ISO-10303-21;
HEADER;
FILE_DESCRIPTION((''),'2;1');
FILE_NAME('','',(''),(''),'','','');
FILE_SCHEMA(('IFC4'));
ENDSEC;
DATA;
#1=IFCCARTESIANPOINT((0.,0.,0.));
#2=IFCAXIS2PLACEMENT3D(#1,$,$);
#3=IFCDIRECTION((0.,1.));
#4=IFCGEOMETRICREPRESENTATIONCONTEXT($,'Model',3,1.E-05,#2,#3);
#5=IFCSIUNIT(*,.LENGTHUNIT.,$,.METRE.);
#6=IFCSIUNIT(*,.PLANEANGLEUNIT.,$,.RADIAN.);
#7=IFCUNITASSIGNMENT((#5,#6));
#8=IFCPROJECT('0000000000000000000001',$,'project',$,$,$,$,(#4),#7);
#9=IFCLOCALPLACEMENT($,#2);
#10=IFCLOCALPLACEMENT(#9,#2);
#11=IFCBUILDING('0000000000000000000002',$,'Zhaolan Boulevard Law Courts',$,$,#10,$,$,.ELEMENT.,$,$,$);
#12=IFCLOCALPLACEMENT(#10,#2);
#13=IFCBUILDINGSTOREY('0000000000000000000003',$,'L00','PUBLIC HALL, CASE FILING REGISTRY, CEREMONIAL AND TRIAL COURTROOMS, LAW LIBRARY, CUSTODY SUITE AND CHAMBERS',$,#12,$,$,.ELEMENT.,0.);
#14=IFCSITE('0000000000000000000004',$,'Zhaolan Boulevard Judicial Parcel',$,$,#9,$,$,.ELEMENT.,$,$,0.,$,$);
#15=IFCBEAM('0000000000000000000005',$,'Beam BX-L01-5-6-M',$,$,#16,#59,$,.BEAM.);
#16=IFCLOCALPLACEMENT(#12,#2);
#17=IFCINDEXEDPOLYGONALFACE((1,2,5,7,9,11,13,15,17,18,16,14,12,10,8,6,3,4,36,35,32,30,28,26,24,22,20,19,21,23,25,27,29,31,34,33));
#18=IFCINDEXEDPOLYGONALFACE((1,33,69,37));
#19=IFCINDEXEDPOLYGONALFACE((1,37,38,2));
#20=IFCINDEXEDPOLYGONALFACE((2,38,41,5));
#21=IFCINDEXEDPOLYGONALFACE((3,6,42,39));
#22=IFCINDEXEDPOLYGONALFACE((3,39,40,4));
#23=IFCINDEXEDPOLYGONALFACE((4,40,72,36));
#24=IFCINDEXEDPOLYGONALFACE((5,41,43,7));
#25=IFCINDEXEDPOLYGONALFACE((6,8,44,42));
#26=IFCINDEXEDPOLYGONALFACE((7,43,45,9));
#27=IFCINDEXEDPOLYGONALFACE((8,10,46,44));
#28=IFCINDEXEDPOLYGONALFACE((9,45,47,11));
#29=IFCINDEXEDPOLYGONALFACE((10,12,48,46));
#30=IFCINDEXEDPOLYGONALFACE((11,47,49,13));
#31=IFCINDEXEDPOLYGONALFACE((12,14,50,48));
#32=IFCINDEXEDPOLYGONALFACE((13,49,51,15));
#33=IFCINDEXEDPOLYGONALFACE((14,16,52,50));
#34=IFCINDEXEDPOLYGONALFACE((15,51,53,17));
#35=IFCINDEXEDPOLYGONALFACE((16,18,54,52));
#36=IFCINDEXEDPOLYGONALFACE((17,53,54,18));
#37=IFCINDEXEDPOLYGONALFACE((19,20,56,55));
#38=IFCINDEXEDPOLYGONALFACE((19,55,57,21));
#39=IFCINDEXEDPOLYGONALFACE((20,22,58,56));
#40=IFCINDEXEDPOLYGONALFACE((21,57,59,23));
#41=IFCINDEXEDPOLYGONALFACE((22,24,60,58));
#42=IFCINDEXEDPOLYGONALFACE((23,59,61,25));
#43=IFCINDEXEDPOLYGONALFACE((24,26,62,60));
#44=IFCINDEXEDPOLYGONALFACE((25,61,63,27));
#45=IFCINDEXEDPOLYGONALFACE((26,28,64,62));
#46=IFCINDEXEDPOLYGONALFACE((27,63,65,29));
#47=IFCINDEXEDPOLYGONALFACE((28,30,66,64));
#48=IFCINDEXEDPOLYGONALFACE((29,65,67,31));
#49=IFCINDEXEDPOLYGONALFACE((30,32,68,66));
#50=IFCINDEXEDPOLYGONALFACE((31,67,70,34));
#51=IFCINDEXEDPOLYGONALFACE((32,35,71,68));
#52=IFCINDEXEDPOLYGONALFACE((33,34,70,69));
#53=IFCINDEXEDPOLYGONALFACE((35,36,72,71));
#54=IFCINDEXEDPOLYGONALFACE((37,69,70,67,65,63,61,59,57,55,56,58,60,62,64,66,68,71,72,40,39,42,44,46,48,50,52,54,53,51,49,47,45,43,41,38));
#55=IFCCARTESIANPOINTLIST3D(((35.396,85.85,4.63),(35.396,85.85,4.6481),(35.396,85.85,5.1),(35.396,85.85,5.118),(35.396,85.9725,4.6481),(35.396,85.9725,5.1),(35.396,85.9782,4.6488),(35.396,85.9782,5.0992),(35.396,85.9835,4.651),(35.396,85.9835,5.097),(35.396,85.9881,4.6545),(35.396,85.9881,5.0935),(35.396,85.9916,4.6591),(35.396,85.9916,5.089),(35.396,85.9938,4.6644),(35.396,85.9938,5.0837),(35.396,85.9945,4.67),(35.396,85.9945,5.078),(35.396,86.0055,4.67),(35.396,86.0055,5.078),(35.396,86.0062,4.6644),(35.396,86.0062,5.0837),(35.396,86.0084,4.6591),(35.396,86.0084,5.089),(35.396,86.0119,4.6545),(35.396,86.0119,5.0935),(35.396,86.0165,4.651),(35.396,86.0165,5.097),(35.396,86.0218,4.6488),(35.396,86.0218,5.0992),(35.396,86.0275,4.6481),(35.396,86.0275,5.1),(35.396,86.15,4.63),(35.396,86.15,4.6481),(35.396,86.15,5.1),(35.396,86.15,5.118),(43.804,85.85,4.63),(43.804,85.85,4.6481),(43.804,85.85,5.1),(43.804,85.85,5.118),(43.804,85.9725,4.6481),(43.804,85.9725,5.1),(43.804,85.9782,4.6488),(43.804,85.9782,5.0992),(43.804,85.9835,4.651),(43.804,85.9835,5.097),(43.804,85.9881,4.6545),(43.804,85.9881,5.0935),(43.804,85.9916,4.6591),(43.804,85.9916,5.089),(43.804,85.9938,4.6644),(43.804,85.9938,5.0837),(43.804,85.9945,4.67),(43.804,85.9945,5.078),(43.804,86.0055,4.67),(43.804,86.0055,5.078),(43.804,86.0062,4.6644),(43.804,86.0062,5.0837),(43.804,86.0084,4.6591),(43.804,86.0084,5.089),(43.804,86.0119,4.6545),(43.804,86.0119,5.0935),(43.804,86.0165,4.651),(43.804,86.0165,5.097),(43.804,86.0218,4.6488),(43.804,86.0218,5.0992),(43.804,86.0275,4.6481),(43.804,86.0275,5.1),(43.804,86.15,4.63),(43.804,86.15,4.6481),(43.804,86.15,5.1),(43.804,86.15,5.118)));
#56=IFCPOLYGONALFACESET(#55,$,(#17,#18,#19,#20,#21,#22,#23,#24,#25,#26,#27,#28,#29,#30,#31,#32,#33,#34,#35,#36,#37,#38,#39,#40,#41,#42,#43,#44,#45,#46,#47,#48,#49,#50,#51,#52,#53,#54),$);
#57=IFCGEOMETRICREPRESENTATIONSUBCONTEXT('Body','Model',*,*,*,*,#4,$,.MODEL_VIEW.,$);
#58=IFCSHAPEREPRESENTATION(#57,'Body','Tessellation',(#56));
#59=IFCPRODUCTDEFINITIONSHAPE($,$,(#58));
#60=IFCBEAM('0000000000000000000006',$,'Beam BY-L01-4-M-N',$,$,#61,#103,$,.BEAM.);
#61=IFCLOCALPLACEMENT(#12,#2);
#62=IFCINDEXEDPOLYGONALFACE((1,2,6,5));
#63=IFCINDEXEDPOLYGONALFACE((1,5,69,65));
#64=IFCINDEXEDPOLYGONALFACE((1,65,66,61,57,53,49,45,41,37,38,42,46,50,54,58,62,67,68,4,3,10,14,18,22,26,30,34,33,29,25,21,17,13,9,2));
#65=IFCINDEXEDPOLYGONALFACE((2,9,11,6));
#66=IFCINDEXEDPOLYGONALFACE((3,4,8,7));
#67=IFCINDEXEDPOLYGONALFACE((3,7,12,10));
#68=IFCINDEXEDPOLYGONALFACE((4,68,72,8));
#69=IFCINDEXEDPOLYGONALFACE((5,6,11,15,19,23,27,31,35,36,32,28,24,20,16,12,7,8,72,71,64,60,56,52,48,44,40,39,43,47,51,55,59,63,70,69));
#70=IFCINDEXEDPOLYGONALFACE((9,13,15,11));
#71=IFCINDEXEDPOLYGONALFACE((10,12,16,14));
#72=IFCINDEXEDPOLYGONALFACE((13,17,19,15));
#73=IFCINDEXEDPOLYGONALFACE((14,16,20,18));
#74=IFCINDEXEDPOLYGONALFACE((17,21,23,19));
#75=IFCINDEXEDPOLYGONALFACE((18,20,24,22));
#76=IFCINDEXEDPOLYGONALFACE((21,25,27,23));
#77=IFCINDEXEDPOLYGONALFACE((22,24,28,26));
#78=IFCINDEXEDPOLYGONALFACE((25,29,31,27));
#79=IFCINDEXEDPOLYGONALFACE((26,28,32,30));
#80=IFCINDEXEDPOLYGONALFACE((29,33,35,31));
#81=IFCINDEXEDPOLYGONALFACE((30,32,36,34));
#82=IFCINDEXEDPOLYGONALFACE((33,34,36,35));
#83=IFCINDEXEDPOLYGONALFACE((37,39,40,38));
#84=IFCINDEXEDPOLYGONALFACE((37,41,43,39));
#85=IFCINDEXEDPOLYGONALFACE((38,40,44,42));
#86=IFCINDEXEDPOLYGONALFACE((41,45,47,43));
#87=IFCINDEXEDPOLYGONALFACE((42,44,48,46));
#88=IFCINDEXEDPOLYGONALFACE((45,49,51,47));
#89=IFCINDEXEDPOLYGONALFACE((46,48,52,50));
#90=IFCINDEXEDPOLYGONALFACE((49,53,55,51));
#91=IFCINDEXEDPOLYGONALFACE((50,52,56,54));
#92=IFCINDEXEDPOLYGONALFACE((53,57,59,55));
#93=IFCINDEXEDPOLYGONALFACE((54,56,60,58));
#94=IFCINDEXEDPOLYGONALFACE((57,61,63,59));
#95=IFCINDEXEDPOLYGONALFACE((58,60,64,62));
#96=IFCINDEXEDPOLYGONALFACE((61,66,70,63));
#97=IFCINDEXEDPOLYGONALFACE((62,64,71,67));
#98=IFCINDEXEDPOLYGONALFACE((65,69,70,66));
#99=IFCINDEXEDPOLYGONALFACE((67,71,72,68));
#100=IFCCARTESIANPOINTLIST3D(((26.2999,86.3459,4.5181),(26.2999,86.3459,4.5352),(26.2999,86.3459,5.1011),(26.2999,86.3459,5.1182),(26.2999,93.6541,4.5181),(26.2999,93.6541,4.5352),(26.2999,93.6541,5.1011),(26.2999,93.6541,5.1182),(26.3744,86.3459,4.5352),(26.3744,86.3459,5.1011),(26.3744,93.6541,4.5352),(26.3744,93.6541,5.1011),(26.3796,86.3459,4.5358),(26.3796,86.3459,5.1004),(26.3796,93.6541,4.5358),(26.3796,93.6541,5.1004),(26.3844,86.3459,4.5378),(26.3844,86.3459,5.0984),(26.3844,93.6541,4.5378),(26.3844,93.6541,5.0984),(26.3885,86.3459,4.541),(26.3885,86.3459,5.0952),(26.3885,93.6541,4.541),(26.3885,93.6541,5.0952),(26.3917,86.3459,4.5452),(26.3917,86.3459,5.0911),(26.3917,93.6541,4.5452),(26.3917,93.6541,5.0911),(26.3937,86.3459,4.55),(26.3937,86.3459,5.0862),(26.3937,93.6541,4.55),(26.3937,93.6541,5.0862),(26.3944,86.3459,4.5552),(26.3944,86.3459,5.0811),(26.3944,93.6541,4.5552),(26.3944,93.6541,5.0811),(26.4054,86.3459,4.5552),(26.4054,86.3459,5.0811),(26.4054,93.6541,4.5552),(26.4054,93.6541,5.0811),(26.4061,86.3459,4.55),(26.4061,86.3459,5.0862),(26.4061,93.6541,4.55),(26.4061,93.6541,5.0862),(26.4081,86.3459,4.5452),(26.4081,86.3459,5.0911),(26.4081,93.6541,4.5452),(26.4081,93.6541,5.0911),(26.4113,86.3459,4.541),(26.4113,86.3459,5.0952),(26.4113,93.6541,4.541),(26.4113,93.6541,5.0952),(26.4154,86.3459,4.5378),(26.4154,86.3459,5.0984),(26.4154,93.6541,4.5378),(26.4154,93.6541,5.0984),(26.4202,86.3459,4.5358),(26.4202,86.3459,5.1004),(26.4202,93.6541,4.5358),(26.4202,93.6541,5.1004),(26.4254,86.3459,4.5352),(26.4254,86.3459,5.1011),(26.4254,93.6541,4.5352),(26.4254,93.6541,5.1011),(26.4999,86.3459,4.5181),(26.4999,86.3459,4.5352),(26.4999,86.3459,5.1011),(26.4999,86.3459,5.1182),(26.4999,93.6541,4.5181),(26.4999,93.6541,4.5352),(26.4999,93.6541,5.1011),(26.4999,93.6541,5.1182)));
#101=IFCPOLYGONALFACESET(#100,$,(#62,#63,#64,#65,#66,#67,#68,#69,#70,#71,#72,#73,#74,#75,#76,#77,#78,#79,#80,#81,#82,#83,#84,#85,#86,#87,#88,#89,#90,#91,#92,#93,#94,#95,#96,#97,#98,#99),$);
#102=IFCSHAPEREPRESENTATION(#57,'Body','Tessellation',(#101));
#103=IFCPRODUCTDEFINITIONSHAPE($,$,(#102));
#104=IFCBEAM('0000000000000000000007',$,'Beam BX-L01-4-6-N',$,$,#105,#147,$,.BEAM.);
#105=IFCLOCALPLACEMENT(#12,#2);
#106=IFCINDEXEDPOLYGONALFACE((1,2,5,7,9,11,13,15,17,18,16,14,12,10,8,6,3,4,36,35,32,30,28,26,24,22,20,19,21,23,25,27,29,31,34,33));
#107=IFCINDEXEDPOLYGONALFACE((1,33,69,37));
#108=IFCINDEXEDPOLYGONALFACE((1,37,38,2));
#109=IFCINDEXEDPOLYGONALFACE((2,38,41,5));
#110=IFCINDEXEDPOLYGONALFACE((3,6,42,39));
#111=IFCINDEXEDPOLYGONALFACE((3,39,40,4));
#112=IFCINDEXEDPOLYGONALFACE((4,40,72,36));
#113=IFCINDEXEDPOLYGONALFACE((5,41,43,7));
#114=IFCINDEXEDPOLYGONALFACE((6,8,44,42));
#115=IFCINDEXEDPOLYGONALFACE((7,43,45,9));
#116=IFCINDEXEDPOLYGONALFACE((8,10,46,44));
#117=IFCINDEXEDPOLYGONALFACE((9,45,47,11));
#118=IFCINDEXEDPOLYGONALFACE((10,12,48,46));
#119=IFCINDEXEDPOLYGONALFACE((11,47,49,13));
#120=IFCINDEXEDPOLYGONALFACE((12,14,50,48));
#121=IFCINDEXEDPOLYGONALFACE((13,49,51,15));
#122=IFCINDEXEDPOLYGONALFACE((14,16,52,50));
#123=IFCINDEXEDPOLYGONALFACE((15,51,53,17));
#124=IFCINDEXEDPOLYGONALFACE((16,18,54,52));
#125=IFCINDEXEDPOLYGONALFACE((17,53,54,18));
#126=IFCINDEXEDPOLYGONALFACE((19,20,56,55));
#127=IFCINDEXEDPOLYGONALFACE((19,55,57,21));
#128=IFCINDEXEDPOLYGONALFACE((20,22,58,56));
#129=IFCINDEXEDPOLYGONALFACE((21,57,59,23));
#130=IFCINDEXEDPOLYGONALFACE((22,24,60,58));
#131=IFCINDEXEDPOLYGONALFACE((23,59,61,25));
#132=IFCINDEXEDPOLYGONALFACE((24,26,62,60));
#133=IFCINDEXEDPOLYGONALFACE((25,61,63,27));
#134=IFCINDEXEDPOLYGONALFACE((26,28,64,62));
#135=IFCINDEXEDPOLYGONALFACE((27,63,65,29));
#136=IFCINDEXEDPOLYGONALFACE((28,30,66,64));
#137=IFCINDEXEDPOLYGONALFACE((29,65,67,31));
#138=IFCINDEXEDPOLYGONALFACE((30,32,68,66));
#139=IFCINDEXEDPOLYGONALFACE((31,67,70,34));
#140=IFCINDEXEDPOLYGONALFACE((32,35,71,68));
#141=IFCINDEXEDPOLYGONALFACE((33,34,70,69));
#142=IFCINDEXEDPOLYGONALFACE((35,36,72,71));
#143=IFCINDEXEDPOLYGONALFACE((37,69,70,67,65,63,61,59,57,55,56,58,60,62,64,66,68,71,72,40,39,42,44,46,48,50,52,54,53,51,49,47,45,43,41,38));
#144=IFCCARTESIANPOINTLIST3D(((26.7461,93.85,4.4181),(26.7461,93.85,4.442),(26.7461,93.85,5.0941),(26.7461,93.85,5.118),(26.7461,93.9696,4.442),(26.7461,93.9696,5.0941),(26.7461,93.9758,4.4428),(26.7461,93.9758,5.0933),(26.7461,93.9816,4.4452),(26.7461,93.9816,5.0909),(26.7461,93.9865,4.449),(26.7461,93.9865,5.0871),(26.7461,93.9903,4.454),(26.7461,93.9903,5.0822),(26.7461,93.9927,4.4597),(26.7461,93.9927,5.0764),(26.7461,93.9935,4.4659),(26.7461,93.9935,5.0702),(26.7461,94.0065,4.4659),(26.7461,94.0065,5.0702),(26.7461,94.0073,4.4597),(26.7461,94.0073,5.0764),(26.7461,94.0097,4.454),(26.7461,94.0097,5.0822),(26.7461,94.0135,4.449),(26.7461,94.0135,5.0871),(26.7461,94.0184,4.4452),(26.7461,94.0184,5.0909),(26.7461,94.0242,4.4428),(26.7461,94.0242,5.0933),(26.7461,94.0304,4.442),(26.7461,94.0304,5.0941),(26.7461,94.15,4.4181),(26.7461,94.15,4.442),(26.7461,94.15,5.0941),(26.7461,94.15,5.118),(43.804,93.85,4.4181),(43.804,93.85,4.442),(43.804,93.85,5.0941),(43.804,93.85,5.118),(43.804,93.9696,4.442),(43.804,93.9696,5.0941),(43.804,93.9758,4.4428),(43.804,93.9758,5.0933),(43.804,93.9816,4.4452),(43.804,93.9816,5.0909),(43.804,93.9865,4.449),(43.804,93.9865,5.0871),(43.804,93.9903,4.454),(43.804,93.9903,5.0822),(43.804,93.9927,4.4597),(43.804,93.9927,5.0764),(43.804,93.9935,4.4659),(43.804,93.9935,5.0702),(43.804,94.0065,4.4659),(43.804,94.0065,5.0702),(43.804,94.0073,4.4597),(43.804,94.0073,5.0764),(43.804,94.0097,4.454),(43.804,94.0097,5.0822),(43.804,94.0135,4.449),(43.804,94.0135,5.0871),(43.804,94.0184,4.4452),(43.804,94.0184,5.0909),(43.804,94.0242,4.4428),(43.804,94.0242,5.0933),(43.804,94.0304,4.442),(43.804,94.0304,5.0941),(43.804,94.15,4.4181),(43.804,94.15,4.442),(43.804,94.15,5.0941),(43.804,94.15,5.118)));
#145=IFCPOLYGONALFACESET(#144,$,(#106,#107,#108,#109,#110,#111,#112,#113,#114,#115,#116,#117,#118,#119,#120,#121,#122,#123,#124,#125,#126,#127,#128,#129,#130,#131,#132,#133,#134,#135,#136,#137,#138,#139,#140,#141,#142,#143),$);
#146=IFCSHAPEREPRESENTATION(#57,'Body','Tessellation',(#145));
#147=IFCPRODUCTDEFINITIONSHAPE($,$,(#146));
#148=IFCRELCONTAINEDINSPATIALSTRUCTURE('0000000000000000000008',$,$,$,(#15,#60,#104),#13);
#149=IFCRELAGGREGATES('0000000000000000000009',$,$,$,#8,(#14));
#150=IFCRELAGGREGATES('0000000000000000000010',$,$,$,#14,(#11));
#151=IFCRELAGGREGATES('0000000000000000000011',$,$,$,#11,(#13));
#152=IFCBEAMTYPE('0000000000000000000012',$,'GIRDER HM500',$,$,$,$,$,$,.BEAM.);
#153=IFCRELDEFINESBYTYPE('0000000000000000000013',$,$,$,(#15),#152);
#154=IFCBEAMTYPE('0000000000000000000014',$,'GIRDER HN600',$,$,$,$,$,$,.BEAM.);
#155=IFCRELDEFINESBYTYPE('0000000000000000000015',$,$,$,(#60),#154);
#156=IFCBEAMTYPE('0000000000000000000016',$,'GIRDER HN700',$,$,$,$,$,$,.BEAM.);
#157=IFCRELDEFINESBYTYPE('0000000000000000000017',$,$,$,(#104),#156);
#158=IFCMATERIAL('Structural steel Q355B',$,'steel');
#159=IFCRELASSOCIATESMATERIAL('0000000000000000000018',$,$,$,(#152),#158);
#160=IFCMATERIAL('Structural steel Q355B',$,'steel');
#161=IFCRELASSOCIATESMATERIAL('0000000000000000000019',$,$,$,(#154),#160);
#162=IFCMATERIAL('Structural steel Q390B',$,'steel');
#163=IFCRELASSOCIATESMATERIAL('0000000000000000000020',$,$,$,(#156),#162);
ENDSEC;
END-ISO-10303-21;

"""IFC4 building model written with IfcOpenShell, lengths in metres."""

from ifc_helpers import new_model, si_unit, direction, frame, origin, origin_2d, place, context, subcontext, project, spatial, i_section, extrude, material, material_profile, profile_set, type_object, element, save


model = new_model("IFC4")

# Units and contexts
model_context = context("Model", 3, precision=1e-05, world=origin(), true_north=direction((0.0, 1.0)))
body_context = subcontext(model_context, "Body", "Model", "MODEL_VIEW")
ifc_project = project(units=[si_unit("LENGTHUNIT", "METRE"), si_unit("PLANEANGLEUNIT", "RADIAN")], contexts=[model_context])

# Site, building, storey
site_placement = place(None, origin())
site = spatial("IfcSite", under=ifc_project, at=site_placement, Name="Zhaolan Boulevard Judicial Parcel", CompositionType="ELEMENT", RefElevation=0.0)
building_placement = place(site_placement, origin())
building = spatial("IfcBuilding", under=site, at=building_placement, Name="Zhaolan Boulevard Law Courts", CompositionType="ELEMENT")
storey_placement = place(building_placement, origin())
storey = spatial("IfcBuildingStorey", under=building, at=storey_placement, Name="L00", Description="PUBLIC HALL, CASE FILING REGISTRY, CEREMONIAL AND TRIAL COURTROOMS, LAW LIBRARY, CUSTODY SUITE AND CHAMBERS", CompositionType="ELEMENT", Elevation=0.0)

# Beams
ifc_material_1 = material(Name="Structural steel Q355B", Category="steel")
ifc_material_profile_1 = material_profile(ifc_material_1, i_section(OverallWidth=0.3, OverallDepth=0.488, WebThickness=0.011, FlangeThickness=0.0181, FilletRadius=0.022, at=origin_2d()), Name="HM488x300")
ifc_profile_set_1 = profile_set([ifc_material_profile_1], Name="Structural steel Q355B")
beam_type_1 = type_object("IfcBeamType", Name="GIRDER HM500", PredefinedType="BEAM", material=ifc_profile_set_1)
beam_1_placement = place(storey_placement, frame((35.396, 86.0, 4.874), z_axis=(1.0, 0.0, 0.0), x_axis=(0.0, 1.0, 0.0)))
element("IfcBeam", 1, at=beam_1_placement, inside=storey, type_object=beam_type_1, Name="Beam BX-L01-5-6-M", PredefinedType="BEAM", context=body_context, shape_type="SweptSolid", body=[
    extrude(i_section(OverallWidth=0.3, OverallDepth=0.488, WebThickness=0.011, FlangeThickness=0.0181, FilletRadius=0.022, at=origin_2d()), origin(), (0.0, 0.0, 1.0), 8.408),
])
ifc_material_2 = material(Name="Structural steel Q355B", Category="steel")
ifc_material_profile_2 = material_profile(ifc_material_2, i_section(OverallWidth=0.2, OverallDepth=0.6001, WebThickness=0.011, FlangeThickness=0.0171, FilletRadius=0.02, at=origin_2d()), Name="HN600x200")
ifc_profile_set_2 = profile_set([ifc_material_profile_2], Name="Structural steel Q355B")
beam_type_2 = type_object("IfcBeamType", Name="GIRDER HN600", PredefinedType="BEAM", material=ifc_profile_set_2)
beam_2_placement = place(storey_placement, frame((26.3999, 86.3459, 4.8181), z_axis=(0.0, 1.0, 0.0), x_axis=(-1.0, 0.0, 0.0)))
element("IfcBeam", 2, at=beam_2_placement, inside=storey, type_object=beam_type_2, Name="Beam BY-L01-4-M-N", PredefinedType="BEAM", context=body_context, shape_type="SweptSolid", body=[
    extrude(i_section(OverallWidth=0.2, OverallDepth=0.6001, WebThickness=0.011, FlangeThickness=0.0171, FilletRadius=0.02, at=origin_2d()), origin(), (0.0, 0.0, 1.0), 7.3081),
])
ifc_material_3 = material(Name="Structural steel Q390B", Category="steel")
ifc_material_profile_3 = material_profile(ifc_material_3, i_section(OverallWidth=0.3, OverallDepth=0.7, WebThickness=0.0129, FlangeThickness=0.0239, FilletRadius=0.0239, at=origin_2d()), Name="HN700x300")
ifc_profile_set_3 = profile_set([ifc_material_profile_3], Name="Structural steel Q390B")
beam_type_3 = type_object("IfcBeamType", Name="GIRDER HN700", PredefinedType="BEAM", material=ifc_profile_set_3)
beam_3_placement = place(storey_placement, frame((26.7461, 94.0, 4.7681), z_axis=(1.0, 0.0, 0.0), x_axis=(0.0, 1.0, 0.0)))
element("IfcBeam", 3, at=beam_3_placement, inside=storey, type_object=beam_type_3, Name="Beam BX-L01-4-6-N", PredefinedType="BEAM", context=body_context, shape_type="SweptSolid", body=[
    extrude(i_section(OverallWidth=0.3, OverallDepth=0.7, WebThickness=0.0129, FlangeThickness=0.0239, FilletRadius=0.0239, at=origin_2d()), origin(), (0.0, 0.0, 1.0), 17.0579),
])

save(model, "model.ifc")
